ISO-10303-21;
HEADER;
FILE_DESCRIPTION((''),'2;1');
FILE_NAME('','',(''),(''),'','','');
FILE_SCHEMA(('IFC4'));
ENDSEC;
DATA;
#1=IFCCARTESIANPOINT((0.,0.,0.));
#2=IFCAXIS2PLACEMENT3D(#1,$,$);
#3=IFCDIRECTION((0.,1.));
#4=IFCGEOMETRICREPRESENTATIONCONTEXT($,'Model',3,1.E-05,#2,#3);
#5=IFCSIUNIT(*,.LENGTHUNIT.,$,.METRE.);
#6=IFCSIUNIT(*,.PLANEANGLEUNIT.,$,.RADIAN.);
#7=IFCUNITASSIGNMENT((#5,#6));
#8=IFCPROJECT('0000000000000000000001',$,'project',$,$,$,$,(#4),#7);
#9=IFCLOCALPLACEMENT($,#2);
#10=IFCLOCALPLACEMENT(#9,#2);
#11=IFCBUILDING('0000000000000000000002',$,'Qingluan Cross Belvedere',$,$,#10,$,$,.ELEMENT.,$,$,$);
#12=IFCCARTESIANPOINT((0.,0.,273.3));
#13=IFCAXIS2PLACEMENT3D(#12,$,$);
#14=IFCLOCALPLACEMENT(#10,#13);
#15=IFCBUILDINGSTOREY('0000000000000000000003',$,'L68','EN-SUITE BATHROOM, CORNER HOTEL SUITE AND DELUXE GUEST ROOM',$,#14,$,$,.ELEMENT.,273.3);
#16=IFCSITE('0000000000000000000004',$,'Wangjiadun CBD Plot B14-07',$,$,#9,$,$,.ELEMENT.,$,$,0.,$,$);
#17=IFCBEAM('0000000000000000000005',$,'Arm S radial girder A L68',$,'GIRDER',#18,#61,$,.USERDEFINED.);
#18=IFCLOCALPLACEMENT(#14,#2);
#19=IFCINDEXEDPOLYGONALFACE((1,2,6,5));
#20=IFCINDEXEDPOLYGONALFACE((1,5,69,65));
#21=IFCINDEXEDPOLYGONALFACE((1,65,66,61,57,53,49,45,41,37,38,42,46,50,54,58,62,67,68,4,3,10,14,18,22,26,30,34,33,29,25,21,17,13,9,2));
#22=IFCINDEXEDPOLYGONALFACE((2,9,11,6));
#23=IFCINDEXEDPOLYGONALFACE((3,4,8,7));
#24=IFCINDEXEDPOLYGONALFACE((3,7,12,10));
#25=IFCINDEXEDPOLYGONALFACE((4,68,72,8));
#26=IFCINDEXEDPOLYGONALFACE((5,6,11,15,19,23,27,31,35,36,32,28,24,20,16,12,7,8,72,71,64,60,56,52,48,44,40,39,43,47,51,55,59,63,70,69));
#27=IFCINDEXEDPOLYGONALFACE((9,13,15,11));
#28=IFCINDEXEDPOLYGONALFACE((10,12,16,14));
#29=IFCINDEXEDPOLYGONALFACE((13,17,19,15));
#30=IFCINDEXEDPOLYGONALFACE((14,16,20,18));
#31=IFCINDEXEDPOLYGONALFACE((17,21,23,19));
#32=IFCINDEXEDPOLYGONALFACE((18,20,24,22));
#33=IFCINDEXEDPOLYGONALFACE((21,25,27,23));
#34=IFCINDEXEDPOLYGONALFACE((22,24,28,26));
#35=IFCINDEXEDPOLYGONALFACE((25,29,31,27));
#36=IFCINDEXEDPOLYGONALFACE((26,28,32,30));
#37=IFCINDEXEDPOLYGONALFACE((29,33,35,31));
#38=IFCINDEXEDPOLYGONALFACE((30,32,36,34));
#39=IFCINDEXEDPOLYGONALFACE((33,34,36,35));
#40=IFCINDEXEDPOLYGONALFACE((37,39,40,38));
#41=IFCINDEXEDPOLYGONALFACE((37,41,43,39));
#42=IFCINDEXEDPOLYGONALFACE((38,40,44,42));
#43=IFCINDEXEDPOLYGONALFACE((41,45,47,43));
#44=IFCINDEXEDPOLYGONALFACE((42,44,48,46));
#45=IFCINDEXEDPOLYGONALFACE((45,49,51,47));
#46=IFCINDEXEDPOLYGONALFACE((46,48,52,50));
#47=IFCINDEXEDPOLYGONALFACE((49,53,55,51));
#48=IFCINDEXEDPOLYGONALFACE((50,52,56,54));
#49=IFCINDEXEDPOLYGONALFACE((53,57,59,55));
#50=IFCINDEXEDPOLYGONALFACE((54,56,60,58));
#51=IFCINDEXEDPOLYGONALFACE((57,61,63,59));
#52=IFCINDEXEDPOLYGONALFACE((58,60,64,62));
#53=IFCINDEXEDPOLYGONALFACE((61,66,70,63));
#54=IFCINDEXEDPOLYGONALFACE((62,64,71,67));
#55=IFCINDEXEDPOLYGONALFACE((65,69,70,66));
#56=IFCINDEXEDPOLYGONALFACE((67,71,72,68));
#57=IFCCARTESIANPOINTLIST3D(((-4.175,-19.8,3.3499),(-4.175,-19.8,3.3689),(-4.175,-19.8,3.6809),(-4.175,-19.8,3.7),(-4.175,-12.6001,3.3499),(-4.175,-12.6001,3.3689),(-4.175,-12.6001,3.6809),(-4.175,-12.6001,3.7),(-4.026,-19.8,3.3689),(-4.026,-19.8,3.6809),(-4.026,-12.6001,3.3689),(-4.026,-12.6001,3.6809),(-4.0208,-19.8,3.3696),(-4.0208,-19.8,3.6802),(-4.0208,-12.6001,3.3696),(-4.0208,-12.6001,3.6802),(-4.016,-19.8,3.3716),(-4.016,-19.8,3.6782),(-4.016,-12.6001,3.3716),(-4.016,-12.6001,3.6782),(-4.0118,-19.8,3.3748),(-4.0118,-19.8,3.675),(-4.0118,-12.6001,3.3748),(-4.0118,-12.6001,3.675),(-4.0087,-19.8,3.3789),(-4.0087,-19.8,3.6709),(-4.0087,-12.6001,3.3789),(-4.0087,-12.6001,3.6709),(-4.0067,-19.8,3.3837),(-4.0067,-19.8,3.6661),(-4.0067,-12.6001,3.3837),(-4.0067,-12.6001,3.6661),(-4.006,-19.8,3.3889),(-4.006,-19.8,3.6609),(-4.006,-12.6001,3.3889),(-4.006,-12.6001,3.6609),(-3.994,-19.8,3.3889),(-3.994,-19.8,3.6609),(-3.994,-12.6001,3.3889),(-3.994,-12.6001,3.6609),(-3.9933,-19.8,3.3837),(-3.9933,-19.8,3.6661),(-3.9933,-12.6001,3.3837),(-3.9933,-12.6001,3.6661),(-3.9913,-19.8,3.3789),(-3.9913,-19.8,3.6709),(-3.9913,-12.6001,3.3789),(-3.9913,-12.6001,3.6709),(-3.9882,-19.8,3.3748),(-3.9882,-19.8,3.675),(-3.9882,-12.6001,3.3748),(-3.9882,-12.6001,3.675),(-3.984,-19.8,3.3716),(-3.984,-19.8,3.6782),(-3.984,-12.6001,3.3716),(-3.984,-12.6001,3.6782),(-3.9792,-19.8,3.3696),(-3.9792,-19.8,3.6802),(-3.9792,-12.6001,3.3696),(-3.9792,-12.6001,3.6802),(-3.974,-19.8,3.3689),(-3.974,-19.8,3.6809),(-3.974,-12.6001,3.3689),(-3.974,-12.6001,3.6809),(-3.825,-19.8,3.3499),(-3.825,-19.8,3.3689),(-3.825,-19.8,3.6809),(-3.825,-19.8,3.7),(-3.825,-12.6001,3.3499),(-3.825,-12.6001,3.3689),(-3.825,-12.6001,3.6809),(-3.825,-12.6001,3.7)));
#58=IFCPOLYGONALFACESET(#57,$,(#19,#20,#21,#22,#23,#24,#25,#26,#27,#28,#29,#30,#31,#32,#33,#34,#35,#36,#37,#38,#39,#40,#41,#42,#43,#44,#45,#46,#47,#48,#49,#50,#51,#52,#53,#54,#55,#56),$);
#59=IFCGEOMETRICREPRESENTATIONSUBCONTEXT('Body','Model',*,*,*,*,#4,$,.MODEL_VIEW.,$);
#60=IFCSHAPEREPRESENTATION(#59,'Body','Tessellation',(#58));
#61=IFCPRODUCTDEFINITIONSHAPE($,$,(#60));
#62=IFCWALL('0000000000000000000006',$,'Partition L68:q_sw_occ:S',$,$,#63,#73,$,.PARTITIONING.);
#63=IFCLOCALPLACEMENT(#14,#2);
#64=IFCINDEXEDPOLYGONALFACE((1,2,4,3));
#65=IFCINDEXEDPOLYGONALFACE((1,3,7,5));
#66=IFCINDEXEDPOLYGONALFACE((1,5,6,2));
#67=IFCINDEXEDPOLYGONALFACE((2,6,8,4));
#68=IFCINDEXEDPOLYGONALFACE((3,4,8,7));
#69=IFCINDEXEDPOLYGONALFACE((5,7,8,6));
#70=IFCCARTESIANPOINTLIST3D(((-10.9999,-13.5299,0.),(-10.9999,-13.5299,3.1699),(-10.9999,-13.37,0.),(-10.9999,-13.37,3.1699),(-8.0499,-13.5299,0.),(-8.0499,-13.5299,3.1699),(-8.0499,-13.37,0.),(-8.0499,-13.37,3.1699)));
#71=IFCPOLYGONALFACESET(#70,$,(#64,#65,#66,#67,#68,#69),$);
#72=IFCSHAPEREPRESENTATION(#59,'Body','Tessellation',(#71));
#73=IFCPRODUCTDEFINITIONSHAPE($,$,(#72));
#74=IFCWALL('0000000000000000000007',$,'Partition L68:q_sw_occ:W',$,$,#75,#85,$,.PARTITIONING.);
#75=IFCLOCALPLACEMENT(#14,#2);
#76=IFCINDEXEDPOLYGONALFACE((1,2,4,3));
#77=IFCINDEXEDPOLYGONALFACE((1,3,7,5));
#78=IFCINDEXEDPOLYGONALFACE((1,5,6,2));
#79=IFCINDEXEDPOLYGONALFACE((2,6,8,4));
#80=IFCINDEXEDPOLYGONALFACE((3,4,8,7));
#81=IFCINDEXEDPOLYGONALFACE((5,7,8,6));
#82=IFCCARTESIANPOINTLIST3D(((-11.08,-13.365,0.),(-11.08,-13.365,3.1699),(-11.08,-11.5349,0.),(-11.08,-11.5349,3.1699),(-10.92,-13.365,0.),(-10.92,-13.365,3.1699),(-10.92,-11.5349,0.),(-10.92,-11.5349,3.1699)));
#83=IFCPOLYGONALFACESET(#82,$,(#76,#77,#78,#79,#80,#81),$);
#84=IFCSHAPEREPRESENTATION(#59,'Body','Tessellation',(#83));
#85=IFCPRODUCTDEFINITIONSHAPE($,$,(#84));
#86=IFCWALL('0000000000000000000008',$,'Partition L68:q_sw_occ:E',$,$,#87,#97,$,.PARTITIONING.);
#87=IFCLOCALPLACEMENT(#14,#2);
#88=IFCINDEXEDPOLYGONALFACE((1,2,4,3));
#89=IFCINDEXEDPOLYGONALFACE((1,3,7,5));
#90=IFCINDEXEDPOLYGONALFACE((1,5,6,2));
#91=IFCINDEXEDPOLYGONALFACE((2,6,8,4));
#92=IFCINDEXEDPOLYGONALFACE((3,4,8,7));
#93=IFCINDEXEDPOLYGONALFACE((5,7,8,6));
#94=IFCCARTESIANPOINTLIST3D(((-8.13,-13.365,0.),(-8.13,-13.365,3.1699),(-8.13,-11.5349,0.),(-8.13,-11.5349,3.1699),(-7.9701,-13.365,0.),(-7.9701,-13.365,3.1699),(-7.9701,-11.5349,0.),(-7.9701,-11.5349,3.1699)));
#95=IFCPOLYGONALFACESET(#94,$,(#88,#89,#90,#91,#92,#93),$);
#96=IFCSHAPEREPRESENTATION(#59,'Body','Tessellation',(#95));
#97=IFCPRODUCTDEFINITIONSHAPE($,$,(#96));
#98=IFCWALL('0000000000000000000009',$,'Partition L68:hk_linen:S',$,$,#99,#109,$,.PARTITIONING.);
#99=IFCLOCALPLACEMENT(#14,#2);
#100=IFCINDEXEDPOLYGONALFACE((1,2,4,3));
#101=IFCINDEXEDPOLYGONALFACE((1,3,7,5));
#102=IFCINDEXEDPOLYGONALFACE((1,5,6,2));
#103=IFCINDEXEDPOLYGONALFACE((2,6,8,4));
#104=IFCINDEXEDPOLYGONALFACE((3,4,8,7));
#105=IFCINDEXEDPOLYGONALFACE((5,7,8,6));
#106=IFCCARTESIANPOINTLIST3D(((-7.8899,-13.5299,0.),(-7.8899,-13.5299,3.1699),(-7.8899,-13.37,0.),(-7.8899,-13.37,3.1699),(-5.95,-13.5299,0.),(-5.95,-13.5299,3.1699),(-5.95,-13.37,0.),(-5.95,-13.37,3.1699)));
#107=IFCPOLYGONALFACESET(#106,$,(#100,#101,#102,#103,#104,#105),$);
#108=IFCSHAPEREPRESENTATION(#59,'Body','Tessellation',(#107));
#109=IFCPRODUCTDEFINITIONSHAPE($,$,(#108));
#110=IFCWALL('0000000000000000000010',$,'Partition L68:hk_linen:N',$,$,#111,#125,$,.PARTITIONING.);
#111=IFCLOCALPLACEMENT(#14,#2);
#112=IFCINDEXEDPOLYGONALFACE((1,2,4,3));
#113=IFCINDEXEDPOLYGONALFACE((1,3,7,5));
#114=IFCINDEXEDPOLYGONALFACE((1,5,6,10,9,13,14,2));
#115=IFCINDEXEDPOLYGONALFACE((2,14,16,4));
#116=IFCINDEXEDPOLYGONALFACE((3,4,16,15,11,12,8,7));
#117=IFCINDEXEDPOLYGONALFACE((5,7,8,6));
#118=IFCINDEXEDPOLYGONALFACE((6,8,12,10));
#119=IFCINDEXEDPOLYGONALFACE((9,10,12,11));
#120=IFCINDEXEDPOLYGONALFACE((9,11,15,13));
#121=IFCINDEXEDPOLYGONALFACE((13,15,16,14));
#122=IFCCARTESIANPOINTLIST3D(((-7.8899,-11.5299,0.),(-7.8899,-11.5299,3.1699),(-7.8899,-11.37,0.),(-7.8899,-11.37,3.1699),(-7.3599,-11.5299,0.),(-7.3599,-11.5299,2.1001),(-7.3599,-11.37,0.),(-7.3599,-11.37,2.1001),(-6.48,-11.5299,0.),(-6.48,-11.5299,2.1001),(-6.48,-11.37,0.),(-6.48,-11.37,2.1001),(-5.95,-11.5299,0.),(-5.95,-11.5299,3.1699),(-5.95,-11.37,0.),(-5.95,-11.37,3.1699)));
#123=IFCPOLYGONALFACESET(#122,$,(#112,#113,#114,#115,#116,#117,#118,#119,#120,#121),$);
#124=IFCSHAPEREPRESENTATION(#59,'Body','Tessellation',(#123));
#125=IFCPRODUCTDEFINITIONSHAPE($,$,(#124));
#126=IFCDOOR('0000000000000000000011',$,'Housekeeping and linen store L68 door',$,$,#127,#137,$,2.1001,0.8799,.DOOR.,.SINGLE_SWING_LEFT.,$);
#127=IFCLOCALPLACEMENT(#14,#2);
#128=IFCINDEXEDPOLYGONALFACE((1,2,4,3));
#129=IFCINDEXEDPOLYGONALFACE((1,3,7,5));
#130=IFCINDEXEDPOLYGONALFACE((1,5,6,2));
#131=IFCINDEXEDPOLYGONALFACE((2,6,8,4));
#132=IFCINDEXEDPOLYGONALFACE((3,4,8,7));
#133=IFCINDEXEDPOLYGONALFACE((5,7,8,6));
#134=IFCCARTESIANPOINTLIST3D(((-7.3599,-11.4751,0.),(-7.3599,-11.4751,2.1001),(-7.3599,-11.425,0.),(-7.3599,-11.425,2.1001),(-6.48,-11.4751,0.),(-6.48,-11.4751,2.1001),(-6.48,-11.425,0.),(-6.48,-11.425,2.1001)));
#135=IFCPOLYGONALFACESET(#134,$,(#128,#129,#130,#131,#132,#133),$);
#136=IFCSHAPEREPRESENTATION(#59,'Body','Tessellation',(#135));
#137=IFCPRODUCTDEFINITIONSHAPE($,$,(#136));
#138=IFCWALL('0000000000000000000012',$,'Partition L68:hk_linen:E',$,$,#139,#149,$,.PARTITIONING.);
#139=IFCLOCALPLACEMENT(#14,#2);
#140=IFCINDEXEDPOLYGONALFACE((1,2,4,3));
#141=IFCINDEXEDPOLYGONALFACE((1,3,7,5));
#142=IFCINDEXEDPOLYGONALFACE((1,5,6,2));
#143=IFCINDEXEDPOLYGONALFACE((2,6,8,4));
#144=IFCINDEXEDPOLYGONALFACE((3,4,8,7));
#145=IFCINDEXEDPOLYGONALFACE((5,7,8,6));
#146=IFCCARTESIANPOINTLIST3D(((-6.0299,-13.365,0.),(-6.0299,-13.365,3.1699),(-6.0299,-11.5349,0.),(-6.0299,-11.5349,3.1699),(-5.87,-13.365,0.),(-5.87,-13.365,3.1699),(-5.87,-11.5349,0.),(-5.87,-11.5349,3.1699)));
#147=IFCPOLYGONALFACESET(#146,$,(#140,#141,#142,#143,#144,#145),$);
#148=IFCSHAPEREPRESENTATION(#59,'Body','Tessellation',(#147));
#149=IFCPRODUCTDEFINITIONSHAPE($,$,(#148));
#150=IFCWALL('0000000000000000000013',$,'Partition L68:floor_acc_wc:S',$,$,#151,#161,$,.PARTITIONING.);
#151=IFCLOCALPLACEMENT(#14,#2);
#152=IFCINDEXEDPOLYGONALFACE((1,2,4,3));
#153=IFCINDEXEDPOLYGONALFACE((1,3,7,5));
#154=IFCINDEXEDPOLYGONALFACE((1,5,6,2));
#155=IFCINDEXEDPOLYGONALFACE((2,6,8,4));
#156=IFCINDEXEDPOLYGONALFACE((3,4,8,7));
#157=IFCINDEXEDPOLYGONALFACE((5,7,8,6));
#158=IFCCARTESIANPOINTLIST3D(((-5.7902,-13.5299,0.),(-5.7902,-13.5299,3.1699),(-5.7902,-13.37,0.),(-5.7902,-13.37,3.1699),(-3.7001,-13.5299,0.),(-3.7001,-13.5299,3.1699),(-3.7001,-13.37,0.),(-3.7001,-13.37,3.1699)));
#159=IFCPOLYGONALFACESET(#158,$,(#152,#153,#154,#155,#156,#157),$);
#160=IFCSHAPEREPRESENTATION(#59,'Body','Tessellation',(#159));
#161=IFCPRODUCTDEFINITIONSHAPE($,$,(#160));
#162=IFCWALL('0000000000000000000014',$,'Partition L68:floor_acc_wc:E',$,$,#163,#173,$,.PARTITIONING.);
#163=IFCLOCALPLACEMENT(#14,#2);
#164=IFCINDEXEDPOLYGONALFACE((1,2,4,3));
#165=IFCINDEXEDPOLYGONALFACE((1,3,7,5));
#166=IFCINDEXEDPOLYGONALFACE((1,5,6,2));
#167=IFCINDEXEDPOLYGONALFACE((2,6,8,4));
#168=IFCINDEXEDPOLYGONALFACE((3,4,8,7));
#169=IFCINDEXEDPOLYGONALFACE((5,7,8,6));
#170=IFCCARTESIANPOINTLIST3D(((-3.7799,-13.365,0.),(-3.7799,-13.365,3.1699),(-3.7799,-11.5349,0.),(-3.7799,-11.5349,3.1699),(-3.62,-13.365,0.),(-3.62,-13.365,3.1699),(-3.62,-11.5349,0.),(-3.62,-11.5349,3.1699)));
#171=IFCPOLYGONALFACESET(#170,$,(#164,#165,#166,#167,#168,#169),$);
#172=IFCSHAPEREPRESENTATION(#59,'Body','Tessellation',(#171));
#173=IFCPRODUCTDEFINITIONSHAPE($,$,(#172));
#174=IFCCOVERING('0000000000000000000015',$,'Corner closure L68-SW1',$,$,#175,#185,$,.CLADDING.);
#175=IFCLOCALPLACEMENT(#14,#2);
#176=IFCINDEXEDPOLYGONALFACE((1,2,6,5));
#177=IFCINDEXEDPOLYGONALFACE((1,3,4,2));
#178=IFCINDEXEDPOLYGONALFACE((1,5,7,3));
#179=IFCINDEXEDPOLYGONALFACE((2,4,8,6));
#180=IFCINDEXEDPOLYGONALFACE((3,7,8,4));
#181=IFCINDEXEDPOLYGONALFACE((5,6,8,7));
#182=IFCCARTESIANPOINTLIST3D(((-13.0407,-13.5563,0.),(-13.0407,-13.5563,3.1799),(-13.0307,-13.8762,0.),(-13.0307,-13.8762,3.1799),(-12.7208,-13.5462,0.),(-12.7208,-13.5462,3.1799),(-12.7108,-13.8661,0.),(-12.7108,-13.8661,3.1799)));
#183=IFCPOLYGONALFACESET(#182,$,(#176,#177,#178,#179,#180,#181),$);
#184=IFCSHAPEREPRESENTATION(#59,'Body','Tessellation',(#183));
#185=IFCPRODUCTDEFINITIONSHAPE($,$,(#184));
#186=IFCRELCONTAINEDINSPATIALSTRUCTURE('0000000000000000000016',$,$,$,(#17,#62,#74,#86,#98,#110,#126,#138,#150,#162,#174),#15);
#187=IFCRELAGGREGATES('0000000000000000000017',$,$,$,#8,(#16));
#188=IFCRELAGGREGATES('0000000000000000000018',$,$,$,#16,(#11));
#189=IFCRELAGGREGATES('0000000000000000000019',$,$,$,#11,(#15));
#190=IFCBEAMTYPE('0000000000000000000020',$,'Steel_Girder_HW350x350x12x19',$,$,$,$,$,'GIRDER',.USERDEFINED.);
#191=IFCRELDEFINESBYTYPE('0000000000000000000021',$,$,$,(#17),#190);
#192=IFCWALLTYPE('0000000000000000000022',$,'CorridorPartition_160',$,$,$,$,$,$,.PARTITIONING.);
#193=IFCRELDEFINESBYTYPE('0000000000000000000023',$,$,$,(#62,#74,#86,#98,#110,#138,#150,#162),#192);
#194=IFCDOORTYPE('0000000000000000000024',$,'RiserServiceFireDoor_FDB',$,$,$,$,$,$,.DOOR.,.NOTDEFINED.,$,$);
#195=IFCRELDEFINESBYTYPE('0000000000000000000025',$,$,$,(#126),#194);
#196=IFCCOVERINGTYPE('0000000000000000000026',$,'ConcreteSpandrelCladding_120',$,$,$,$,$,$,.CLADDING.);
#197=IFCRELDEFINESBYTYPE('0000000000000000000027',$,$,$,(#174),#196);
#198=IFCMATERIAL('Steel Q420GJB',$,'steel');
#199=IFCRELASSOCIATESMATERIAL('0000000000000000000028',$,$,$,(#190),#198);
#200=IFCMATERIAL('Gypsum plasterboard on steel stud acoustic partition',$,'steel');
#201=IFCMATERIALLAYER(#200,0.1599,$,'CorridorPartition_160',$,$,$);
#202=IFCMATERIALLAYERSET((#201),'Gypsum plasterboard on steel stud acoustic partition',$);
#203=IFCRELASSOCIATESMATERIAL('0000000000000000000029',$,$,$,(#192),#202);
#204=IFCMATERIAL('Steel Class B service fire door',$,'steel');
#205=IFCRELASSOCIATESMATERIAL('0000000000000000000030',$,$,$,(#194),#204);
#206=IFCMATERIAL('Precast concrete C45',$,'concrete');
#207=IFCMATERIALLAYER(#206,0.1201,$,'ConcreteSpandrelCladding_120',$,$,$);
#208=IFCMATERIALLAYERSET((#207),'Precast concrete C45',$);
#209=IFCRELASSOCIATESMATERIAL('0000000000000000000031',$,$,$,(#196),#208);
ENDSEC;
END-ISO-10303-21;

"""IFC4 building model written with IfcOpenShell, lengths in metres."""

from ifc_helpers import new_model, si_unit, direction, frame, frame_2d, origin, origin_2d, place, context, subcontext, project, spatial, rectangle, i_section, extrude, material, layer, layer_set, material_profile, profile_set, type_object, element, fill, save


model = new_model("IFC4")

# Units and contexts
model_context = context("Model", 3, precision=1e-05, world=origin(), true_north=direction((0.0, 1.0)))
body_context = subcontext(model_context, "Body", "Model", "MODEL_VIEW")
ifc_project = project(units=[si_unit("LENGTHUNIT", "METRE"), si_unit("PLANEANGLEUNIT", "RADIAN")], contexts=[model_context])

# Site, building, storey
site_placement = place(None, origin())
site = spatial("IfcSite", under=ifc_project, at=site_placement, Name="Wangjiadun CBD Plot B14-07", CompositionType="ELEMENT", RefElevation=0.0)
building_placement = place(site_placement, origin())
building = spatial("IfcBuilding", under=site, at=building_placement, Name="Qingluan Cross Belvedere", CompositionType="ELEMENT")
storey_placement = place(building_placement, frame((0.0, 0.0, 273.3)))
storey = spatial("IfcBuildingStorey", under=building, at=storey_placement, Name="L68", Description="EN-SUITE BATHROOM, CORNER HOTEL SUITE AND DELUXE GUEST ROOM", CompositionType="ELEMENT", Elevation=273.3)

# Beam
ifc_material_1 = material(Name="Steel Q420GJB", Category="steel")
ifc_material_profile_1 = material_profile(ifc_material_1, i_section(OverallWidth=0.3501, OverallDepth=0.3501, WebThickness=0.012, FlangeThickness=0.019, FilletRadius=0.02, at=origin_2d()), Name="HW350x350x12x19")
ifc_profile_set_1 = profile_set([ifc_material_profile_1], Name="Steel Q420GJB")
beam_type_1 = type_object("IfcBeamType", Name="Steel_Girder_HW350x350x12x19", ElementType="GIRDER", PredefinedType="USERDEFINED", material=ifc_profile_set_1)
beam_1_placement = place(storey_placement, frame((-4.0, -12.6001, 3.5249), z_axis=(0.0, -1.0, 0.0), x_axis=(1.0, 0.0, 0.0)))
element("IfcBeam", 1, at=beam_1_placement, inside=storey, type_object=beam_type_1, Name="Arm S radial girder A L68", ObjectType="GIRDER", PredefinedType="USERDEFINED", context=body_context, shape_type="SweptSolid", body=[
    extrude(i_section(OverallWidth=0.3501, OverallDepth=0.3501, WebThickness=0.012, FlangeThickness=0.019, FilletRadius=0.02, at=origin_2d()), origin(), (0.0, 0.0, 1.0), 7.2),
])

# Wall
ifc_material_2 = material(Name="Gypsum plasterboard on steel stud acoustic partition", Category="steel")
ifc_layer_1 = layer(ifc_material_2, 0.1599, Name="CorridorPartition_160")
ifc_layer_set_1 = layer_set([ifc_layer_1], Name="Gypsum plasterboard on steel stud acoustic partition")
wall_type = type_object("IfcWallType", Name="CorridorPartition_160", PredefinedType="PARTITIONING", material=ifc_layer_set_1)
wall_1_placement = place(storey_placement, frame((-11.0, -13.45, 0.0), z_axis=(0.0, 0.0, 1.0), x_axis=(1.0, 0.0, 0.0)))
element("IfcWall", 2, at=wall_1_placement, inside=storey, type_object=wall_type, Name="Partition L68:q_sw_occ:S", PredefinedType="PARTITIONING", context=body_context, shape_type="SweptSolid", body=[
    extrude(rectangle(XDim=2.95, YDim=0.1599, at=frame_2d((1.4751, 0.0))), origin(), (0.0, 0.0, 1.0), 3.1699),
])

# Walls
for number, where, z_axis, x_axis, name in (
    (3, (-11.0, -13.365, 0.0), (0.0, 0.0, 1.0), (0.0, 1.0, 0.0), "Partition L68:q_sw_occ:W"),
    (4, (-8.05, -13.365, 0.0), (0.0, 0.0, 1.0), (0.0, 1.0, 0.0), "Partition L68:q_sw_occ:E"),
):
    element("IfcWall", number, at=place(storey_placement, frame(where, z_axis=z_axis, x_axis=x_axis)), inside=storey, type_object=wall_type, Name=name, PredefinedType="PARTITIONING", context=body_context, shape_type="SweptSolid", body=[
        extrude(rectangle(XDim=1.8301, YDim=0.1599, at=frame_2d((0.915, 0.0))), origin(), (0.0, 0.0, 1.0), 3.1699),
    ])
wall_2_placement = place(storey_placement, frame((-7.8899, -13.45, 0.0), z_axis=(0.0, 0.0, 1.0), x_axis=(1.0, 0.0, 0.0)))
element("IfcWall", 5, at=wall_2_placement, inside=storey, type_object=wall_type, Name="Partition L68:hk_linen:S", PredefinedType="PARTITIONING", context=body_context, shape_type="SweptSolid", body=[
    extrude(rectangle(XDim=1.9399, YDim=0.1599, at=frame_2d((0.97, 0.0))), origin(), (0.0, 0.0, 1.0), 3.1699),
])

# Wall, opening, door
wall_3_placement = place(storey_placement, frame((-7.8899, -11.45, 0.0), z_axis=(0.0, 0.0, 1.0), x_axis=(1.0, 0.0, 0.0)))
wall_3 = element("IfcWall", 6, at=wall_3_placement, inside=storey, type_object=wall_type, Name="Partition L68:hk_linen:N", PredefinedType="PARTITIONING", context=body_context, shape_type="SweptSolid", body=[
    extrude(rectangle(XDim=1.9399, YDim=0.1599, at=frame_2d((0.97, 0.0))), origin(), (0.0, 0.0, 1.0), 3.1699),
])
opening_1_placement = place(wall_3_placement, frame((0.53, 0.0, 0.0)))
opening_1 = element("IfcOpeningElement", 7, at=opening_1_placement, cuts=wall_3, PredefinedType="OPENING", context=body_context, shape_type="SweptSolid", body=[
    extrude(rectangle(XDim=0.8799, YDim=2.1001, at=frame_2d((0.4399, 1.05))), frame((0.0, 0.0898, 0.0), z_axis=(0.0, -1.0, 0.0), x_axis=(1.0, 0.0, 0.0)), (0.0, 0.0, 1.0), 0.1799),
])
ifc_material_3 = material(Name="Steel Class B service fire door", Category="steel")
door_type_1 = type_object("IfcDoorType", Name="RiserServiceFireDoor_FDB", OperationType="NOTDEFINED", PredefinedType="DOOR", material=ifc_material_3)
door_1_placement = place(opening_1_placement, origin())
door_1 = element("IfcDoor", 8, at=door_1_placement, inside=storey, type_object=door_type_1, Name="Housekeeping and linen store L68 door", OperationType="SINGLE_SWING_LEFT", OverallHeight=2.1001, OverallWidth=0.8799, PredefinedType="DOOR", context=body_context, shape_type="SweptSolid", body=[
    extrude(rectangle(XDim=0.8799, YDim=2.1001, at=frame_2d((0.4399, 1.05))), frame((0.0, 0.0249, 0.0), z_axis=(0.0, -1.0, 0.0), x_axis=(1.0, 0.0, 0.0)), (0.0, 0.0, 1.0), 0.05),
])
fill(opening_1, door_1)

# Walls
wall_4_placement = place(storey_placement, frame((-5.95, -13.365, 0.0), z_axis=(0.0, 0.0, 1.0), x_axis=(0.0, 1.0, 0.0)))
element("IfcWall", 9, at=wall_4_placement, inside=storey, type_object=wall_type, Name="Partition L68:hk_linen:E", PredefinedType="PARTITIONING", context=body_context, shape_type="SweptSolid", body=[
    extrude(rectangle(XDim=1.8301, YDim=0.1599, at=frame_2d((0.915, 0.0))), origin(), (0.0, 0.0, 1.0), 3.1699),
])
wall_5_placement = place(storey_placement, frame((-5.79, -13.45, 0.0), z_axis=(0.0, 0.0, 1.0), x_axis=(1.0, 0.0, 0.0)))
element("IfcWall", 10, at=wall_5_placement, inside=storey, type_object=wall_type, Name="Partition L68:floor_acc_wc:S", PredefinedType="PARTITIONING", context=body_context, shape_type="SweptSolid", body=[
    extrude(rectangle(XDim=2.0901, YDim=0.1599, at=frame_2d((1.0449, 0.0))), origin(), (0.0, 0.0, 1.0), 3.1699),
])
wall_6_placement = place(storey_placement, frame((-3.7, -13.365, 0.0), z_axis=(0.0, 0.0, 1.0), x_axis=(0.0, 1.0, 0.0)))
element("IfcWall", 11, at=wall_6_placement, inside=storey, type_object=wall_type, Name="Partition L68:floor_acc_wc:E", PredefinedType="PARTITIONING", context=body_context, shape_type="SweptSolid", body=[
    extrude(rectangle(XDim=1.8301, YDim=0.1599, at=frame_2d((0.915, 0.0))), origin(), (0.0, 0.0, 1.0), 3.1699),
])

# Covering
ifc_material_4 = material(Name="Precast concrete C45", Category="concrete")
ifc_layer_2 = layer(ifc_material_4, 0.1201, Name="ConcreteSpandrelCladding_120")
ifc_layer_set_2 = layer_set([ifc_layer_2], Name="Precast concrete C45")
covering_type = type_object("IfcCoveringType", Name="ConcreteSpandrelCladding_120", PredefinedType="CLADDING", material=ifc_layer_set_2)
covering_placement = place(storey_placement, frame((-12.8757, -13.7112, 0.0), z_axis=(0.0, 0.0, 1.0), x_axis=(0.999507, 0.031411, 0.0)))
element("IfcCovering", 12, at=covering_placement, inside=storey, type_object=covering_type, Name="Corner closure L68-SW1", PredefinedType="CLADDING", context=body_context, shape_type="SweptSolid", body=[
    extrude(rectangle(XDim=0.3201, YDim=0.3201, at=origin_2d()), origin(), (0.0, 0.0, 1.0), 3.1799),
])

save(model, "model.ifc")
